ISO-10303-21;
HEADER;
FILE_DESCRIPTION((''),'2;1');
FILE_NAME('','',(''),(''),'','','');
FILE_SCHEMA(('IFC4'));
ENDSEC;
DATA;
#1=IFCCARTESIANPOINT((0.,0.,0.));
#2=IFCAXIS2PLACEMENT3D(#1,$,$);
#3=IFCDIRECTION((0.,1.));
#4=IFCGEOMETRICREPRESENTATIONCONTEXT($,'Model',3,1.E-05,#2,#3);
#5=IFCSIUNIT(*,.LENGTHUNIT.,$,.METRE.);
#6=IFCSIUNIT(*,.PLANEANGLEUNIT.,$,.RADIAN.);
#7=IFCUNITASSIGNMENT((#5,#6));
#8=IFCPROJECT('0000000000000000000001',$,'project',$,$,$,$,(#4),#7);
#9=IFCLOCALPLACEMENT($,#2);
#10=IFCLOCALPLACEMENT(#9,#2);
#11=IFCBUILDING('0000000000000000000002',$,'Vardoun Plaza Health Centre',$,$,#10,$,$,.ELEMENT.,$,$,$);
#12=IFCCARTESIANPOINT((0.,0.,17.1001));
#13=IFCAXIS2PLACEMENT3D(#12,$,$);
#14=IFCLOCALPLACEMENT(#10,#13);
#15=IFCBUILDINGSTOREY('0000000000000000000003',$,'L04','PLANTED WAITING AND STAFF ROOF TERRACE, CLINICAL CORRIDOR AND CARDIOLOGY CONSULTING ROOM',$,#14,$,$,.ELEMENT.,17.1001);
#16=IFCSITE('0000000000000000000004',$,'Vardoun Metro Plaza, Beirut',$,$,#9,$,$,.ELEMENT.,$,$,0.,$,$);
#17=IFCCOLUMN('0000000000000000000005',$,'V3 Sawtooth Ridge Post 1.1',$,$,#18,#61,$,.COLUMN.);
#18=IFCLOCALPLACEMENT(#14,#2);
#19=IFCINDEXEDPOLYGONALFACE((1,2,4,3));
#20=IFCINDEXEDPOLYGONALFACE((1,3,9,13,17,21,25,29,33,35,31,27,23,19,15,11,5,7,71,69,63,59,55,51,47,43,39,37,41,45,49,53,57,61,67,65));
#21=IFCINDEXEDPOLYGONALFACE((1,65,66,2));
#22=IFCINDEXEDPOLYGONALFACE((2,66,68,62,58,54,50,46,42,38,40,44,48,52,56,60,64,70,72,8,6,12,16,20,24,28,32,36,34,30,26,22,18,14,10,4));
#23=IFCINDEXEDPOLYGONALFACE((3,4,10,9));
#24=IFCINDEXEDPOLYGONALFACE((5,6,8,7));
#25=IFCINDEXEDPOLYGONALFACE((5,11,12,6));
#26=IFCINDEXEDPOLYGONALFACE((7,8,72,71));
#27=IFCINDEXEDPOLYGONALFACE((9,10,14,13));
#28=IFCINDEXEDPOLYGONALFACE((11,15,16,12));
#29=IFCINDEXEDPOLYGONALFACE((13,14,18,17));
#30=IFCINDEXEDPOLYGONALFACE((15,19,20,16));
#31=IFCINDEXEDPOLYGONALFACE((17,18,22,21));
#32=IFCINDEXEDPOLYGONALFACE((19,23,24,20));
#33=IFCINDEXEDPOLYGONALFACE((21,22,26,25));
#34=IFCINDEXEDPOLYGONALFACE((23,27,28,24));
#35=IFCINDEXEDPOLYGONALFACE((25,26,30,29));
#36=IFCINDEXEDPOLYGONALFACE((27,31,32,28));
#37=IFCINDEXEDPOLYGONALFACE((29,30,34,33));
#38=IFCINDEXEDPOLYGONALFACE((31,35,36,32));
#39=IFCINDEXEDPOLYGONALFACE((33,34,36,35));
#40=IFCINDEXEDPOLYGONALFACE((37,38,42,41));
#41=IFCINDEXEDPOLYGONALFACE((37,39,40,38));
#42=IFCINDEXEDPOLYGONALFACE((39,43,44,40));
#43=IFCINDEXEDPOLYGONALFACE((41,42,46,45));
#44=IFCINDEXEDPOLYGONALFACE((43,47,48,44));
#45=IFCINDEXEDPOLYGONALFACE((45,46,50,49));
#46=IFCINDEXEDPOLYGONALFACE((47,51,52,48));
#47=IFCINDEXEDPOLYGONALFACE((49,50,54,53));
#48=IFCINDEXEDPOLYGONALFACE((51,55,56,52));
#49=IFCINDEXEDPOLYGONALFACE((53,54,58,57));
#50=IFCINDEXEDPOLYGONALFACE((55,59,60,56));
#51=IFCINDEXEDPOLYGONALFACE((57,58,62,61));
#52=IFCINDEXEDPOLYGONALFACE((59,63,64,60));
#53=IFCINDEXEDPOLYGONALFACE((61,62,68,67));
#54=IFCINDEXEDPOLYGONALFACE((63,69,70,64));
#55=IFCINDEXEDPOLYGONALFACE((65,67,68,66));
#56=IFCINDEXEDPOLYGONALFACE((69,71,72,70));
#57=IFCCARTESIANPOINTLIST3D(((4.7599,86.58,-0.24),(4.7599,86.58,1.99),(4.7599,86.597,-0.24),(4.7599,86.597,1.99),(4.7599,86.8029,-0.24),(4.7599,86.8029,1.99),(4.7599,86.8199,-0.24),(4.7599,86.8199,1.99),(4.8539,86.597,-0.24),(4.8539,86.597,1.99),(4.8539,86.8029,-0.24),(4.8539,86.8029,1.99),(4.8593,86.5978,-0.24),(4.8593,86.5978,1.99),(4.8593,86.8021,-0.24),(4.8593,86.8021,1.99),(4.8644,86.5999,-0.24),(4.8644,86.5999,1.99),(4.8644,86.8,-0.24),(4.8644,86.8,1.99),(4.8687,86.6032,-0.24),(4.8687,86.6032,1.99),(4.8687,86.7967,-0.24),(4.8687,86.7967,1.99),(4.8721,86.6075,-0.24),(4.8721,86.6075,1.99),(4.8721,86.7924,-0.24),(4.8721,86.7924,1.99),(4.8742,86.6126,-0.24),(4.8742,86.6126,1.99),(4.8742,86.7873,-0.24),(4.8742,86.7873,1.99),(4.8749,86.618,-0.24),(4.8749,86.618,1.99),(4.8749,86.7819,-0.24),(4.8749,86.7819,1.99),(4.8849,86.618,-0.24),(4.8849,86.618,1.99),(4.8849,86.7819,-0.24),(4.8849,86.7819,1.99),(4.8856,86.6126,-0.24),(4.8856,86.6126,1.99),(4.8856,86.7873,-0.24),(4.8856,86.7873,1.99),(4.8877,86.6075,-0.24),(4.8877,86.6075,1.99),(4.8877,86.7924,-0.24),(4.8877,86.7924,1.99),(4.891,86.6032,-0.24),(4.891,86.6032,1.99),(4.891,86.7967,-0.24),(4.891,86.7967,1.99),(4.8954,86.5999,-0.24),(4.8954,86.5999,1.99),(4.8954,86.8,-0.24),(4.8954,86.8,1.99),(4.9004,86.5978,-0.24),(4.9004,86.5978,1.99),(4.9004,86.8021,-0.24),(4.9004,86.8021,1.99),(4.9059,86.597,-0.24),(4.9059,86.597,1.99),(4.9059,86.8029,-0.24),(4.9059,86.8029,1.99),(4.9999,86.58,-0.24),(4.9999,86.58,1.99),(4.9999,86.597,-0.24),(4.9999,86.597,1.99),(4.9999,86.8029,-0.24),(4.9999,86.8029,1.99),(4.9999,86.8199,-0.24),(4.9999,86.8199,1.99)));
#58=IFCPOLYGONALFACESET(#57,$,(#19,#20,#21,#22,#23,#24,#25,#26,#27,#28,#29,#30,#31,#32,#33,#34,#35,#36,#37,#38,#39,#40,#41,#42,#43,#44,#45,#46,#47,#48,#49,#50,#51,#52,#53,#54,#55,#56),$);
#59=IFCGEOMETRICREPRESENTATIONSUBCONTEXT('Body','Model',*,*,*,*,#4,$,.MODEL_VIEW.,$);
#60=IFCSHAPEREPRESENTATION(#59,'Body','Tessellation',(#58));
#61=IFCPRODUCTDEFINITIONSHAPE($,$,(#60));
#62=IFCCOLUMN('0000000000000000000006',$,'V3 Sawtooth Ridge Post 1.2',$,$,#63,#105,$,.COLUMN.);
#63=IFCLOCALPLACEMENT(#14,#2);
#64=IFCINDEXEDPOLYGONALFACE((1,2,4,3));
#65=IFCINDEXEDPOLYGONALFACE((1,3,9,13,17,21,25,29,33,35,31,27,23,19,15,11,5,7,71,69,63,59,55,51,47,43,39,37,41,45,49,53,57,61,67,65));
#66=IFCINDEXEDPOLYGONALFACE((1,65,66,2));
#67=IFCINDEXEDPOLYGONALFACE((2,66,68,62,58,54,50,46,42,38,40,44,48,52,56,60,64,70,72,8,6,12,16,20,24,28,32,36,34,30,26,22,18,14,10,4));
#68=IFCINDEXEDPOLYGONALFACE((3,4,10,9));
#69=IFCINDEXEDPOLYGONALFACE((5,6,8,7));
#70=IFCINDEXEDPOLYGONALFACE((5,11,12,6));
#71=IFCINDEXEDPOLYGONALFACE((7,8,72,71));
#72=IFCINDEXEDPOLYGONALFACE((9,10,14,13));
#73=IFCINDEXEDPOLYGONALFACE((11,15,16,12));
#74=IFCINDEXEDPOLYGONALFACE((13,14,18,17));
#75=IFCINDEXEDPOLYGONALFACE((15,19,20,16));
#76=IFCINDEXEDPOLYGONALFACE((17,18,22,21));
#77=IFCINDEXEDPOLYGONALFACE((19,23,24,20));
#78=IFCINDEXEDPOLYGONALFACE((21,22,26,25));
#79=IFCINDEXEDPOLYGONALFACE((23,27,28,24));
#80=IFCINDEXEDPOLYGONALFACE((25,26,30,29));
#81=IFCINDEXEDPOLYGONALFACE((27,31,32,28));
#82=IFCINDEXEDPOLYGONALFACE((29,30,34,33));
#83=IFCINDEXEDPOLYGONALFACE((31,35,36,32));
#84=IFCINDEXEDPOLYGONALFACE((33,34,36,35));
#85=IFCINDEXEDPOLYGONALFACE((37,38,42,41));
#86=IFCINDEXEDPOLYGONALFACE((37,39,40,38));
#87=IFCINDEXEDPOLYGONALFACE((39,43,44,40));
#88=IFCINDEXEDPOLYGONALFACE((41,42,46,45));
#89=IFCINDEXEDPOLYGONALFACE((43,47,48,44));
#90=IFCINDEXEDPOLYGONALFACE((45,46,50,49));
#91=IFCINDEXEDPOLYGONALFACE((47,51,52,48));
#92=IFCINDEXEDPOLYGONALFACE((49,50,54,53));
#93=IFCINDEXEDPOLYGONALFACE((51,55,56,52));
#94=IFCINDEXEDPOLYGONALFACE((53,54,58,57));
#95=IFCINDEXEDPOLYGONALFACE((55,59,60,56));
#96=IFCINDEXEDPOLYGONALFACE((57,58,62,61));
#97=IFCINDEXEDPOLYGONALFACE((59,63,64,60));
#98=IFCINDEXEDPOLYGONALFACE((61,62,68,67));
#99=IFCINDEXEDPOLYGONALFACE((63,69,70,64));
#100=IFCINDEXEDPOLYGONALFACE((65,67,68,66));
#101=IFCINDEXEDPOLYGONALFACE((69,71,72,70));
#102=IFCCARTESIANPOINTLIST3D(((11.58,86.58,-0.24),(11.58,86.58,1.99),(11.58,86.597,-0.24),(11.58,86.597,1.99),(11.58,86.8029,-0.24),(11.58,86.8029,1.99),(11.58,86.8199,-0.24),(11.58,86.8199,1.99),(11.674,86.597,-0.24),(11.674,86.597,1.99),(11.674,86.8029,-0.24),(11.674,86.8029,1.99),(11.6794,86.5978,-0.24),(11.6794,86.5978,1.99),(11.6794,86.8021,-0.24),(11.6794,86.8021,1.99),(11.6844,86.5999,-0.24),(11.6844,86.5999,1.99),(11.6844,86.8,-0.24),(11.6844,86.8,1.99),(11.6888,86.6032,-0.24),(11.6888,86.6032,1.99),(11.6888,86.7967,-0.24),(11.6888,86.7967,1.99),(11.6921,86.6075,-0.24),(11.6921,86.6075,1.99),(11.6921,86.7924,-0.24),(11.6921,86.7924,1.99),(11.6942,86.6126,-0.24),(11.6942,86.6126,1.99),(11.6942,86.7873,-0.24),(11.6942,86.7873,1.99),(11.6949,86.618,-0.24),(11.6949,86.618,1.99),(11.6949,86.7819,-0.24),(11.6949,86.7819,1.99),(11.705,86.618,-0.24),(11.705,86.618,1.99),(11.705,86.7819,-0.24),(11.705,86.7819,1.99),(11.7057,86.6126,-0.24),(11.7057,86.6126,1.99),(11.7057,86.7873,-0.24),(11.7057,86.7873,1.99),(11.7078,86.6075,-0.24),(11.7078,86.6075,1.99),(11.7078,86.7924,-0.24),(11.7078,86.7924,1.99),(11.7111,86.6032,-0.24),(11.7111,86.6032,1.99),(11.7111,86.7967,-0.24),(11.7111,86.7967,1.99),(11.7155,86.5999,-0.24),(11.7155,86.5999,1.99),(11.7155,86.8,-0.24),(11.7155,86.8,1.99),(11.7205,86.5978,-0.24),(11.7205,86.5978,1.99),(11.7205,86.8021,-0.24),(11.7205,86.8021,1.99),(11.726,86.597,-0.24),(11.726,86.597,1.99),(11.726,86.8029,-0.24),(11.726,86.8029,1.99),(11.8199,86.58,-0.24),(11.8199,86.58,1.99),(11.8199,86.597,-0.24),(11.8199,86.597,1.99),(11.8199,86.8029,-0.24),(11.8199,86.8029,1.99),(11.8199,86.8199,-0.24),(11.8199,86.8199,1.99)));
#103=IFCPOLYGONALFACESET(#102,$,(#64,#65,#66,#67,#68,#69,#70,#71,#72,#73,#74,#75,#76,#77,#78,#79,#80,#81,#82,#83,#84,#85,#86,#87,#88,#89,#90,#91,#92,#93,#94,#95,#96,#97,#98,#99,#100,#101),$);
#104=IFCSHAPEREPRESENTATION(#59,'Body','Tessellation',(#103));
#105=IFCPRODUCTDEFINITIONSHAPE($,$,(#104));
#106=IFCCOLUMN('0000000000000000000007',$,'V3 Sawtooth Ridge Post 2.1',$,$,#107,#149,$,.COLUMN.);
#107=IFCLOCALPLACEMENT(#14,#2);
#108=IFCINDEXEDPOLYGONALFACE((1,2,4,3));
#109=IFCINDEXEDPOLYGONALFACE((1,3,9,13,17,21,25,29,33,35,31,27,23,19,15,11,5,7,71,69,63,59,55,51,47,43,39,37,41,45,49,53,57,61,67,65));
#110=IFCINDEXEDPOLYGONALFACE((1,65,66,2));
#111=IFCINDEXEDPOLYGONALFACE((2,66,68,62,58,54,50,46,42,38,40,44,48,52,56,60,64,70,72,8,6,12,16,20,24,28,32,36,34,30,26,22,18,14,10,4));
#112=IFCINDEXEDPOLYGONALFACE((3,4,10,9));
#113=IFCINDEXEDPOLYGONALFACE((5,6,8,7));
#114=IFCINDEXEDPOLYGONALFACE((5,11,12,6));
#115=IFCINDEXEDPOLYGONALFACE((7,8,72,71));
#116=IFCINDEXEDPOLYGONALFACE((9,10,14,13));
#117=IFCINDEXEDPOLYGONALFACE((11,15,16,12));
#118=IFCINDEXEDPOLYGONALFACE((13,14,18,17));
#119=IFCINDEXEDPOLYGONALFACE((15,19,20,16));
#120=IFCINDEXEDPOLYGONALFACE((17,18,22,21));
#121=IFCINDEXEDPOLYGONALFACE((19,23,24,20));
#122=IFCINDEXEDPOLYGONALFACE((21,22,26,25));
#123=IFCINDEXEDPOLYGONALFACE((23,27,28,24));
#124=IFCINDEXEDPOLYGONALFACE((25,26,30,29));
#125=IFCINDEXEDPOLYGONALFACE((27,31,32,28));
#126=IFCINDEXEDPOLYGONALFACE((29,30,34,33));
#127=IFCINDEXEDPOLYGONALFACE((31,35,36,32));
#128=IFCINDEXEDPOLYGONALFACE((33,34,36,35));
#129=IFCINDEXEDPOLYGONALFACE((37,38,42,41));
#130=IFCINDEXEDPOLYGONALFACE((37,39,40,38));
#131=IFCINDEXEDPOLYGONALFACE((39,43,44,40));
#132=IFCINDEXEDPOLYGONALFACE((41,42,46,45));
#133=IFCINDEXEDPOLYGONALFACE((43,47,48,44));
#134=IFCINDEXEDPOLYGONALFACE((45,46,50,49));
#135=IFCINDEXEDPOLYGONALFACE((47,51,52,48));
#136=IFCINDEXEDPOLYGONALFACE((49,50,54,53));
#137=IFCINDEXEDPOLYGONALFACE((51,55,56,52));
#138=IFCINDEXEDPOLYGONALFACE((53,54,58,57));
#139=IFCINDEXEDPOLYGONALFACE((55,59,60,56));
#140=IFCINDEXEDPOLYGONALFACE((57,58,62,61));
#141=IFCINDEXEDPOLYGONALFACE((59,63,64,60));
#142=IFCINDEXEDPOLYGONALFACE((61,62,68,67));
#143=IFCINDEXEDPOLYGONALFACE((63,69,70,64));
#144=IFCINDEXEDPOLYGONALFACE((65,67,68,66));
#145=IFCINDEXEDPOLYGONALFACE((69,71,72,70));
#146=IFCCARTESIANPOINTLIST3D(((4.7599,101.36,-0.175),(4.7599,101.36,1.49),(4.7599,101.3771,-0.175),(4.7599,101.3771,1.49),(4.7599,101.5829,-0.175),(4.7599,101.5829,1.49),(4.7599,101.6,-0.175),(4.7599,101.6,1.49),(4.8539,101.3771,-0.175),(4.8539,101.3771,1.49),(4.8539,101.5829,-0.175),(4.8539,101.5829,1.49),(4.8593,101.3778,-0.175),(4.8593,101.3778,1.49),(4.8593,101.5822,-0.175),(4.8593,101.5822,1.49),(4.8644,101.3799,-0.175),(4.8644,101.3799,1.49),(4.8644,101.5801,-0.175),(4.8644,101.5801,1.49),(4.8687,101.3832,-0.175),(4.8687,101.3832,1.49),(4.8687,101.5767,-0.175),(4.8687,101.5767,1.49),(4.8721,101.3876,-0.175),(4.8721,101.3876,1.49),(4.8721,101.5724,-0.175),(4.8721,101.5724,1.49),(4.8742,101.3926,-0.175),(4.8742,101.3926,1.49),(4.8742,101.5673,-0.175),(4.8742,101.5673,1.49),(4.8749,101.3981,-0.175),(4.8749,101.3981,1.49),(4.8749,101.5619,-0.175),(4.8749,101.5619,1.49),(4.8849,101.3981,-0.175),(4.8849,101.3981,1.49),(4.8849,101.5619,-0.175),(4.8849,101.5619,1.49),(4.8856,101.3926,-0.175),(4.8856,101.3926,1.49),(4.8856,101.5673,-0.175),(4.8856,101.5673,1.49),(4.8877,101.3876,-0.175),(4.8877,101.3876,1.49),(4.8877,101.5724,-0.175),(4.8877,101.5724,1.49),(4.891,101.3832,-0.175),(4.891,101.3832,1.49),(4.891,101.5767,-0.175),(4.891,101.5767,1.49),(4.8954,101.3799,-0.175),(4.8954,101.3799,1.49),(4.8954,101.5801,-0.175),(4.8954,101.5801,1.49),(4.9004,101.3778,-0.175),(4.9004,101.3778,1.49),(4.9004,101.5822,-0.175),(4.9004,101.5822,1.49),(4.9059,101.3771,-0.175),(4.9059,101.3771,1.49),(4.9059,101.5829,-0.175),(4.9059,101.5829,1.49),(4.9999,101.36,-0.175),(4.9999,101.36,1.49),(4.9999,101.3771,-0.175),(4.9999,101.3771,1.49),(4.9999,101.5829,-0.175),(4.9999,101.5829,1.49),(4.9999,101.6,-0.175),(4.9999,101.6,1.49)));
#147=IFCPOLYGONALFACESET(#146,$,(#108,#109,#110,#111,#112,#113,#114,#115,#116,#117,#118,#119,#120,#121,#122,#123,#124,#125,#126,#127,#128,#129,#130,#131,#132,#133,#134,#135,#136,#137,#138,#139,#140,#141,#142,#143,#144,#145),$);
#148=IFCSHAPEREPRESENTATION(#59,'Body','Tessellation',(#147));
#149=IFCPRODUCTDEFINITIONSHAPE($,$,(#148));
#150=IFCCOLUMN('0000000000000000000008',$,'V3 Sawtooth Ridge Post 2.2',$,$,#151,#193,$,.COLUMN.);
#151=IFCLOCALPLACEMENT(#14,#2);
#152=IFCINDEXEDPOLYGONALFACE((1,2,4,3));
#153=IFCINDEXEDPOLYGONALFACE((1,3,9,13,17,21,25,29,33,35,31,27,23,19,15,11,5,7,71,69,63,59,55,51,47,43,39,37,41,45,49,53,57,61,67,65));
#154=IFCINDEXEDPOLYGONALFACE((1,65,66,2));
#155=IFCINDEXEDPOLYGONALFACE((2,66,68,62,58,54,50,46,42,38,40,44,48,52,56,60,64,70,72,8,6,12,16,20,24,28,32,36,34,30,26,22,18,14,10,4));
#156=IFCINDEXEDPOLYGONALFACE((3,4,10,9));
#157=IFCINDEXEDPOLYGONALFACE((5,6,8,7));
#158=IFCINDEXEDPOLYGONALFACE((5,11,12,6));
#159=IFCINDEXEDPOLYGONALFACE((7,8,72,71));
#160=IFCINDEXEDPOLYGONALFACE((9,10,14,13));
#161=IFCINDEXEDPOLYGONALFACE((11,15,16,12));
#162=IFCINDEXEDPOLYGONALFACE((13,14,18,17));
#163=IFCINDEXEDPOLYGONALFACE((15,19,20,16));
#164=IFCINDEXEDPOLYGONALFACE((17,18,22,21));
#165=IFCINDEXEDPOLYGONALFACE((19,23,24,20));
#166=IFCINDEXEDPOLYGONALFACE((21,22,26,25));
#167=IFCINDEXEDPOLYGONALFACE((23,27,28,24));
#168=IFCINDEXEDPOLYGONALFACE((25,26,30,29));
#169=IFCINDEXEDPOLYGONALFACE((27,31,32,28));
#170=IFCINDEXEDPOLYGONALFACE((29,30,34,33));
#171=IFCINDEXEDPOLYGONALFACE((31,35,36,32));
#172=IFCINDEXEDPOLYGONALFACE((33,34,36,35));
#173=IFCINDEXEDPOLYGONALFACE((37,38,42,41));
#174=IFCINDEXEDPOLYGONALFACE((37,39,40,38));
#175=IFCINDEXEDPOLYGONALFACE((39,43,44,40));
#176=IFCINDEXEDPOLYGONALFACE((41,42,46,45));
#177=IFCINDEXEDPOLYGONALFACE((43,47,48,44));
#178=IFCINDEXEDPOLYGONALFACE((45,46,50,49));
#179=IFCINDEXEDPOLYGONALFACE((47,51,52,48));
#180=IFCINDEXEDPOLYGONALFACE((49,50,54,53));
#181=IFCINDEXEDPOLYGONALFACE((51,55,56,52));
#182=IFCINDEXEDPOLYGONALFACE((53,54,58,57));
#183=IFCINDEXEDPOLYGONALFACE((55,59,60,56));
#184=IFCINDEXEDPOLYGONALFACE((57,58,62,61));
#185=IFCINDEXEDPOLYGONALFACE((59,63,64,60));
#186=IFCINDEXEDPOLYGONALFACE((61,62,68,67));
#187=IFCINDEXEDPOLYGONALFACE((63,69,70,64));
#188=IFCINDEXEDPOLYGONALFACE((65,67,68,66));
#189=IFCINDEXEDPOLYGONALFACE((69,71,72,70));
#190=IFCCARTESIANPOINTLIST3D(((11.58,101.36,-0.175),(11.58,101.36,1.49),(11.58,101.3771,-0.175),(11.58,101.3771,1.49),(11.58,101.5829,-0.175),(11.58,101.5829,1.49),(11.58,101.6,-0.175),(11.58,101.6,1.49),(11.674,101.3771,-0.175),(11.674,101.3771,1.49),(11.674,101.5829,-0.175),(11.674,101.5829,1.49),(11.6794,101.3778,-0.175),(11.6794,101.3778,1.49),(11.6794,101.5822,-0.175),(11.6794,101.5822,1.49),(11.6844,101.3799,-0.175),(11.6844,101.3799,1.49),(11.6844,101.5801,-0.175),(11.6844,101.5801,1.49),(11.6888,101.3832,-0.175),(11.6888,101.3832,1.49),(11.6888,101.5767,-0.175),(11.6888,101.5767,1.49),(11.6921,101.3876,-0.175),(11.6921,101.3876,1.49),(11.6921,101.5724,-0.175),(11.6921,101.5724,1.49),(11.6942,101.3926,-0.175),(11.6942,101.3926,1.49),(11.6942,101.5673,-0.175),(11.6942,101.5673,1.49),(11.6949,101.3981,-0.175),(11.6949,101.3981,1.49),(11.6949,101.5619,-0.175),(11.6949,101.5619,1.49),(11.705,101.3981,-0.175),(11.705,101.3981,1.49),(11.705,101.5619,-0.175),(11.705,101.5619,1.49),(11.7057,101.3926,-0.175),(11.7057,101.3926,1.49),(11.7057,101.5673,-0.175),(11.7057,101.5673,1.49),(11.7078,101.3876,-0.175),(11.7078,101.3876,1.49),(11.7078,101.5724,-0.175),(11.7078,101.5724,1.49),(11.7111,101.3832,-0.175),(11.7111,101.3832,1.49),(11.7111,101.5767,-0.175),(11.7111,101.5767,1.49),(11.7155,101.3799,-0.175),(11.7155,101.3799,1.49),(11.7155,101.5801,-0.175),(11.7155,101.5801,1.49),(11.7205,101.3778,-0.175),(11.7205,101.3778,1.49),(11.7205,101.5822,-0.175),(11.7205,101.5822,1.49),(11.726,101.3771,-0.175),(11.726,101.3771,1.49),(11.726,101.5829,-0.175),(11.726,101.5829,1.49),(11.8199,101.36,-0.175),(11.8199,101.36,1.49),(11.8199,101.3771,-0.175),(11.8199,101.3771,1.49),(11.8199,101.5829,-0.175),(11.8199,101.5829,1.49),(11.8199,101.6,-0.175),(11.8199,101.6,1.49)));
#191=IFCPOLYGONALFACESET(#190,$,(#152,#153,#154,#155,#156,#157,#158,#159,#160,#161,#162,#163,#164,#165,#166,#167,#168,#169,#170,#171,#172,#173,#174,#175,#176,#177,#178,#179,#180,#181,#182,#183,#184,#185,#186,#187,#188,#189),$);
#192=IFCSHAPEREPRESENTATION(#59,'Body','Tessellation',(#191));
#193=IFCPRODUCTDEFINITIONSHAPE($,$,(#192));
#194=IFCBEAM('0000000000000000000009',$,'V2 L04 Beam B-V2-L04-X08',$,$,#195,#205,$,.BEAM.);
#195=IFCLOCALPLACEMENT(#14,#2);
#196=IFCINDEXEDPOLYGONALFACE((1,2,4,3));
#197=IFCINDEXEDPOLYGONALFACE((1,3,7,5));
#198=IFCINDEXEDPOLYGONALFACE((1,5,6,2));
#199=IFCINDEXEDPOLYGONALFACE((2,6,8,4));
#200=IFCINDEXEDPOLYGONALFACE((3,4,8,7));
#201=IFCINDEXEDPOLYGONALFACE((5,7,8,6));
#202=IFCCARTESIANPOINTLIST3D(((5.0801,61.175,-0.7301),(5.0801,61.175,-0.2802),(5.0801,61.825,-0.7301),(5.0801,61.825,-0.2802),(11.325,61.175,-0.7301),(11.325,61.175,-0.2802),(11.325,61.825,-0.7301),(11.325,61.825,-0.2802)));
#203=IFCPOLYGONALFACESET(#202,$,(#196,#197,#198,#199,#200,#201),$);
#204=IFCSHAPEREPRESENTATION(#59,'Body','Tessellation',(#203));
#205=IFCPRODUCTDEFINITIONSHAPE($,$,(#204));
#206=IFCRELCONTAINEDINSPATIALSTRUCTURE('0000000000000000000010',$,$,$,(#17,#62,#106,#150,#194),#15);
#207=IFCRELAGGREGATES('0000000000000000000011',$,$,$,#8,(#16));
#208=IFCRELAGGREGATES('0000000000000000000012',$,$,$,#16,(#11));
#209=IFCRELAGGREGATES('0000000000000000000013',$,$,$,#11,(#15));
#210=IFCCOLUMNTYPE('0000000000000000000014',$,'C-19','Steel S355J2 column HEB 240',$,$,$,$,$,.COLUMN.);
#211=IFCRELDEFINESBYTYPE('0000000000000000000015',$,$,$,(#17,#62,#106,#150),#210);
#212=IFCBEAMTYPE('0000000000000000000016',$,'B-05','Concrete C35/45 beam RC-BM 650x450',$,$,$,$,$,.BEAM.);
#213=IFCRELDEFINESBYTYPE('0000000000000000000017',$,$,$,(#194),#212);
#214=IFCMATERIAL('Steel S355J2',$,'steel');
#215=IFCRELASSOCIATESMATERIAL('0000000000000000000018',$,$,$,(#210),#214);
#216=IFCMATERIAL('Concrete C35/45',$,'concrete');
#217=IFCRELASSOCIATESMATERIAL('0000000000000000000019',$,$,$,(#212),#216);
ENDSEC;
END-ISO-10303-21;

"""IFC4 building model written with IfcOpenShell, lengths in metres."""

from ifc_helpers import new_model, si_unit, direction, frame, origin, origin_2d, place, context, subcontext, project, spatial, rectangle, i_section, extrude, material, material_profile, profile_set, type_object, element, save


model = new_model("IFC4")

# Units and contexts
model_context = context("Model", 3, precision=1e-05, world=origin(), true_north=direction((0.0, 1.0)))
body_context = subcontext(model_context, "Body", "Model", "MODEL_VIEW")
ifc_project = project(units=[si_unit("LENGTHUNIT", "METRE"), si_unit("PLANEANGLEUNIT", "RADIAN")], contexts=[model_context])

# Site, building, storey
site_placement = place(None, origin())
site = spatial("IfcSite", under=ifc_project, at=site_placement, Name="Vardoun Metro Plaza, Beirut", CompositionType="ELEMENT", RefElevation=0.0)
building_placement = place(site_placement, origin())
building = spatial("IfcBuilding", under=site, at=building_placement, Name="Vardoun Plaza Health Centre", CompositionType="ELEMENT")
storey_placement = place(building_placement, frame((0.0, 0.0, 17.1001)))
storey = spatial("IfcBuildingStorey", under=building, at=storey_placement, Name="L04", Description="PLANTED WAITING AND STAFF ROOF TERRACE, CLINICAL CORRIDOR AND CARDIOLOGY CONSULTING ROOM", CompositionType="ELEMENT", Elevation=17.1001)

# Columns
ifc_material_1 = material(Name="Steel S355J2", Category="steel")
ifc_material_profile_1 = material_profile(ifc_material_1, i_section(OverallWidth=0.24, OverallDepth=0.24, WebThickness=0.01, FlangeThickness=0.0171, FilletRadius=0.021, at=origin_2d()), Name="HEB 240")
ifc_profile_set_1 = profile_set([ifc_material_profile_1], Name="Steel S355J2")
column_type = type_object("IfcColumnType", Name="C-19", Description="Steel S355J2 column HEB 240", PredefinedType="COLUMN", material=ifc_profile_set_1)
for number, where, z_axis, x_axis, name in (
    (1, (4.8799, 86.7, -0.24), (0.0, 0.0, 1.0), (1.0, 0.0, 0.0), "V3 Sawtooth Ridge Post 1.1"),
    (2, (11.7, 86.7, -0.24), (0.0, 0.0, 1.0), (1.0, 0.0, 0.0), "V3 Sawtooth Ridge Post 1.2"),
):
    element("IfcColumn", number, at=place(storey_placement, frame(where, z_axis=z_axis, x_axis=x_axis)), inside=storey, type_object=column_type, Name=name, PredefinedType="COLUMN", context=body_context, shape_type="SweptSolid", body=[
        extrude(i_section(OverallWidth=0.24, OverallDepth=0.24, WebThickness=0.01, FlangeThickness=0.0171, FilletRadius=0.021, at=origin_2d()), origin(), (0.0, 0.0, 1.0), 2.23),
    ])
for number, where, z_axis, x_axis, name in (
    (3, (4.8799, 101.48, -0.175), (0.0, 0.0, 1.0), (1.0, 0.0, 0.0), "V3 Sawtooth Ridge Post 2.1"),
    (4, (11.7, 101.48, -0.175), (0.0, 0.0, 1.0), (1.0, 0.0, 0.0), "V3 Sawtooth Ridge Post 2.2"),
):
    element("IfcColumn", number, at=place(storey_placement, frame(where, z_axis=z_axis, x_axis=x_axis)), inside=storey, type_object=column_type, Name=name, PredefinedType="COLUMN", context=body_context, shape_type="SweptSolid", body=[
        extrude(i_section(OverallWidth=0.24, OverallDepth=0.24, WebThickness=0.01, FlangeThickness=0.0171, FilletRadius=0.021, at=origin_2d()), origin(), (0.0, 0.0, 1.0), 1.665),
    ])

# Beam
ifc_material_2 = material(Name="Concrete C35/45", Category="concrete")
ifc_material_profile_2 = material_profile(ifc_material_2, rectangle(XDim=0.6499, YDim=0.45, at=origin_2d()), Name="RC-BM 650x450")
ifc_profile_set_2 = profile_set([ifc_material_profile_2], Name="Concrete C35/45")
beam_type_1 = type_object("IfcBeamType", Name="B-05", Description="Concrete C35/45 beam RC-BM 650x450", PredefinedType="BEAM", material=ifc_profile_set_2)
beam_1_placement = place(storey_placement, frame((5.0801, 61.5, -0.5051), z_axis=(1.0, 0.0, 0.0), x_axis=(0.0, 1.0, 0.0)))
element("IfcBeam", 5, at=beam_1_placement, inside=storey, type_object=beam_type_1, Name="V2 L04 Beam B-V2-L04-X08", PredefinedType="BEAM", context=body_context, shape_type="SweptSolid", body=[
    extrude(rectangle(XDim=0.6499, YDim=0.45, at=origin_2d()), origin(), (0.0, 0.0, 1.0), 6.2449),
])

save(model, "model.ifc")
